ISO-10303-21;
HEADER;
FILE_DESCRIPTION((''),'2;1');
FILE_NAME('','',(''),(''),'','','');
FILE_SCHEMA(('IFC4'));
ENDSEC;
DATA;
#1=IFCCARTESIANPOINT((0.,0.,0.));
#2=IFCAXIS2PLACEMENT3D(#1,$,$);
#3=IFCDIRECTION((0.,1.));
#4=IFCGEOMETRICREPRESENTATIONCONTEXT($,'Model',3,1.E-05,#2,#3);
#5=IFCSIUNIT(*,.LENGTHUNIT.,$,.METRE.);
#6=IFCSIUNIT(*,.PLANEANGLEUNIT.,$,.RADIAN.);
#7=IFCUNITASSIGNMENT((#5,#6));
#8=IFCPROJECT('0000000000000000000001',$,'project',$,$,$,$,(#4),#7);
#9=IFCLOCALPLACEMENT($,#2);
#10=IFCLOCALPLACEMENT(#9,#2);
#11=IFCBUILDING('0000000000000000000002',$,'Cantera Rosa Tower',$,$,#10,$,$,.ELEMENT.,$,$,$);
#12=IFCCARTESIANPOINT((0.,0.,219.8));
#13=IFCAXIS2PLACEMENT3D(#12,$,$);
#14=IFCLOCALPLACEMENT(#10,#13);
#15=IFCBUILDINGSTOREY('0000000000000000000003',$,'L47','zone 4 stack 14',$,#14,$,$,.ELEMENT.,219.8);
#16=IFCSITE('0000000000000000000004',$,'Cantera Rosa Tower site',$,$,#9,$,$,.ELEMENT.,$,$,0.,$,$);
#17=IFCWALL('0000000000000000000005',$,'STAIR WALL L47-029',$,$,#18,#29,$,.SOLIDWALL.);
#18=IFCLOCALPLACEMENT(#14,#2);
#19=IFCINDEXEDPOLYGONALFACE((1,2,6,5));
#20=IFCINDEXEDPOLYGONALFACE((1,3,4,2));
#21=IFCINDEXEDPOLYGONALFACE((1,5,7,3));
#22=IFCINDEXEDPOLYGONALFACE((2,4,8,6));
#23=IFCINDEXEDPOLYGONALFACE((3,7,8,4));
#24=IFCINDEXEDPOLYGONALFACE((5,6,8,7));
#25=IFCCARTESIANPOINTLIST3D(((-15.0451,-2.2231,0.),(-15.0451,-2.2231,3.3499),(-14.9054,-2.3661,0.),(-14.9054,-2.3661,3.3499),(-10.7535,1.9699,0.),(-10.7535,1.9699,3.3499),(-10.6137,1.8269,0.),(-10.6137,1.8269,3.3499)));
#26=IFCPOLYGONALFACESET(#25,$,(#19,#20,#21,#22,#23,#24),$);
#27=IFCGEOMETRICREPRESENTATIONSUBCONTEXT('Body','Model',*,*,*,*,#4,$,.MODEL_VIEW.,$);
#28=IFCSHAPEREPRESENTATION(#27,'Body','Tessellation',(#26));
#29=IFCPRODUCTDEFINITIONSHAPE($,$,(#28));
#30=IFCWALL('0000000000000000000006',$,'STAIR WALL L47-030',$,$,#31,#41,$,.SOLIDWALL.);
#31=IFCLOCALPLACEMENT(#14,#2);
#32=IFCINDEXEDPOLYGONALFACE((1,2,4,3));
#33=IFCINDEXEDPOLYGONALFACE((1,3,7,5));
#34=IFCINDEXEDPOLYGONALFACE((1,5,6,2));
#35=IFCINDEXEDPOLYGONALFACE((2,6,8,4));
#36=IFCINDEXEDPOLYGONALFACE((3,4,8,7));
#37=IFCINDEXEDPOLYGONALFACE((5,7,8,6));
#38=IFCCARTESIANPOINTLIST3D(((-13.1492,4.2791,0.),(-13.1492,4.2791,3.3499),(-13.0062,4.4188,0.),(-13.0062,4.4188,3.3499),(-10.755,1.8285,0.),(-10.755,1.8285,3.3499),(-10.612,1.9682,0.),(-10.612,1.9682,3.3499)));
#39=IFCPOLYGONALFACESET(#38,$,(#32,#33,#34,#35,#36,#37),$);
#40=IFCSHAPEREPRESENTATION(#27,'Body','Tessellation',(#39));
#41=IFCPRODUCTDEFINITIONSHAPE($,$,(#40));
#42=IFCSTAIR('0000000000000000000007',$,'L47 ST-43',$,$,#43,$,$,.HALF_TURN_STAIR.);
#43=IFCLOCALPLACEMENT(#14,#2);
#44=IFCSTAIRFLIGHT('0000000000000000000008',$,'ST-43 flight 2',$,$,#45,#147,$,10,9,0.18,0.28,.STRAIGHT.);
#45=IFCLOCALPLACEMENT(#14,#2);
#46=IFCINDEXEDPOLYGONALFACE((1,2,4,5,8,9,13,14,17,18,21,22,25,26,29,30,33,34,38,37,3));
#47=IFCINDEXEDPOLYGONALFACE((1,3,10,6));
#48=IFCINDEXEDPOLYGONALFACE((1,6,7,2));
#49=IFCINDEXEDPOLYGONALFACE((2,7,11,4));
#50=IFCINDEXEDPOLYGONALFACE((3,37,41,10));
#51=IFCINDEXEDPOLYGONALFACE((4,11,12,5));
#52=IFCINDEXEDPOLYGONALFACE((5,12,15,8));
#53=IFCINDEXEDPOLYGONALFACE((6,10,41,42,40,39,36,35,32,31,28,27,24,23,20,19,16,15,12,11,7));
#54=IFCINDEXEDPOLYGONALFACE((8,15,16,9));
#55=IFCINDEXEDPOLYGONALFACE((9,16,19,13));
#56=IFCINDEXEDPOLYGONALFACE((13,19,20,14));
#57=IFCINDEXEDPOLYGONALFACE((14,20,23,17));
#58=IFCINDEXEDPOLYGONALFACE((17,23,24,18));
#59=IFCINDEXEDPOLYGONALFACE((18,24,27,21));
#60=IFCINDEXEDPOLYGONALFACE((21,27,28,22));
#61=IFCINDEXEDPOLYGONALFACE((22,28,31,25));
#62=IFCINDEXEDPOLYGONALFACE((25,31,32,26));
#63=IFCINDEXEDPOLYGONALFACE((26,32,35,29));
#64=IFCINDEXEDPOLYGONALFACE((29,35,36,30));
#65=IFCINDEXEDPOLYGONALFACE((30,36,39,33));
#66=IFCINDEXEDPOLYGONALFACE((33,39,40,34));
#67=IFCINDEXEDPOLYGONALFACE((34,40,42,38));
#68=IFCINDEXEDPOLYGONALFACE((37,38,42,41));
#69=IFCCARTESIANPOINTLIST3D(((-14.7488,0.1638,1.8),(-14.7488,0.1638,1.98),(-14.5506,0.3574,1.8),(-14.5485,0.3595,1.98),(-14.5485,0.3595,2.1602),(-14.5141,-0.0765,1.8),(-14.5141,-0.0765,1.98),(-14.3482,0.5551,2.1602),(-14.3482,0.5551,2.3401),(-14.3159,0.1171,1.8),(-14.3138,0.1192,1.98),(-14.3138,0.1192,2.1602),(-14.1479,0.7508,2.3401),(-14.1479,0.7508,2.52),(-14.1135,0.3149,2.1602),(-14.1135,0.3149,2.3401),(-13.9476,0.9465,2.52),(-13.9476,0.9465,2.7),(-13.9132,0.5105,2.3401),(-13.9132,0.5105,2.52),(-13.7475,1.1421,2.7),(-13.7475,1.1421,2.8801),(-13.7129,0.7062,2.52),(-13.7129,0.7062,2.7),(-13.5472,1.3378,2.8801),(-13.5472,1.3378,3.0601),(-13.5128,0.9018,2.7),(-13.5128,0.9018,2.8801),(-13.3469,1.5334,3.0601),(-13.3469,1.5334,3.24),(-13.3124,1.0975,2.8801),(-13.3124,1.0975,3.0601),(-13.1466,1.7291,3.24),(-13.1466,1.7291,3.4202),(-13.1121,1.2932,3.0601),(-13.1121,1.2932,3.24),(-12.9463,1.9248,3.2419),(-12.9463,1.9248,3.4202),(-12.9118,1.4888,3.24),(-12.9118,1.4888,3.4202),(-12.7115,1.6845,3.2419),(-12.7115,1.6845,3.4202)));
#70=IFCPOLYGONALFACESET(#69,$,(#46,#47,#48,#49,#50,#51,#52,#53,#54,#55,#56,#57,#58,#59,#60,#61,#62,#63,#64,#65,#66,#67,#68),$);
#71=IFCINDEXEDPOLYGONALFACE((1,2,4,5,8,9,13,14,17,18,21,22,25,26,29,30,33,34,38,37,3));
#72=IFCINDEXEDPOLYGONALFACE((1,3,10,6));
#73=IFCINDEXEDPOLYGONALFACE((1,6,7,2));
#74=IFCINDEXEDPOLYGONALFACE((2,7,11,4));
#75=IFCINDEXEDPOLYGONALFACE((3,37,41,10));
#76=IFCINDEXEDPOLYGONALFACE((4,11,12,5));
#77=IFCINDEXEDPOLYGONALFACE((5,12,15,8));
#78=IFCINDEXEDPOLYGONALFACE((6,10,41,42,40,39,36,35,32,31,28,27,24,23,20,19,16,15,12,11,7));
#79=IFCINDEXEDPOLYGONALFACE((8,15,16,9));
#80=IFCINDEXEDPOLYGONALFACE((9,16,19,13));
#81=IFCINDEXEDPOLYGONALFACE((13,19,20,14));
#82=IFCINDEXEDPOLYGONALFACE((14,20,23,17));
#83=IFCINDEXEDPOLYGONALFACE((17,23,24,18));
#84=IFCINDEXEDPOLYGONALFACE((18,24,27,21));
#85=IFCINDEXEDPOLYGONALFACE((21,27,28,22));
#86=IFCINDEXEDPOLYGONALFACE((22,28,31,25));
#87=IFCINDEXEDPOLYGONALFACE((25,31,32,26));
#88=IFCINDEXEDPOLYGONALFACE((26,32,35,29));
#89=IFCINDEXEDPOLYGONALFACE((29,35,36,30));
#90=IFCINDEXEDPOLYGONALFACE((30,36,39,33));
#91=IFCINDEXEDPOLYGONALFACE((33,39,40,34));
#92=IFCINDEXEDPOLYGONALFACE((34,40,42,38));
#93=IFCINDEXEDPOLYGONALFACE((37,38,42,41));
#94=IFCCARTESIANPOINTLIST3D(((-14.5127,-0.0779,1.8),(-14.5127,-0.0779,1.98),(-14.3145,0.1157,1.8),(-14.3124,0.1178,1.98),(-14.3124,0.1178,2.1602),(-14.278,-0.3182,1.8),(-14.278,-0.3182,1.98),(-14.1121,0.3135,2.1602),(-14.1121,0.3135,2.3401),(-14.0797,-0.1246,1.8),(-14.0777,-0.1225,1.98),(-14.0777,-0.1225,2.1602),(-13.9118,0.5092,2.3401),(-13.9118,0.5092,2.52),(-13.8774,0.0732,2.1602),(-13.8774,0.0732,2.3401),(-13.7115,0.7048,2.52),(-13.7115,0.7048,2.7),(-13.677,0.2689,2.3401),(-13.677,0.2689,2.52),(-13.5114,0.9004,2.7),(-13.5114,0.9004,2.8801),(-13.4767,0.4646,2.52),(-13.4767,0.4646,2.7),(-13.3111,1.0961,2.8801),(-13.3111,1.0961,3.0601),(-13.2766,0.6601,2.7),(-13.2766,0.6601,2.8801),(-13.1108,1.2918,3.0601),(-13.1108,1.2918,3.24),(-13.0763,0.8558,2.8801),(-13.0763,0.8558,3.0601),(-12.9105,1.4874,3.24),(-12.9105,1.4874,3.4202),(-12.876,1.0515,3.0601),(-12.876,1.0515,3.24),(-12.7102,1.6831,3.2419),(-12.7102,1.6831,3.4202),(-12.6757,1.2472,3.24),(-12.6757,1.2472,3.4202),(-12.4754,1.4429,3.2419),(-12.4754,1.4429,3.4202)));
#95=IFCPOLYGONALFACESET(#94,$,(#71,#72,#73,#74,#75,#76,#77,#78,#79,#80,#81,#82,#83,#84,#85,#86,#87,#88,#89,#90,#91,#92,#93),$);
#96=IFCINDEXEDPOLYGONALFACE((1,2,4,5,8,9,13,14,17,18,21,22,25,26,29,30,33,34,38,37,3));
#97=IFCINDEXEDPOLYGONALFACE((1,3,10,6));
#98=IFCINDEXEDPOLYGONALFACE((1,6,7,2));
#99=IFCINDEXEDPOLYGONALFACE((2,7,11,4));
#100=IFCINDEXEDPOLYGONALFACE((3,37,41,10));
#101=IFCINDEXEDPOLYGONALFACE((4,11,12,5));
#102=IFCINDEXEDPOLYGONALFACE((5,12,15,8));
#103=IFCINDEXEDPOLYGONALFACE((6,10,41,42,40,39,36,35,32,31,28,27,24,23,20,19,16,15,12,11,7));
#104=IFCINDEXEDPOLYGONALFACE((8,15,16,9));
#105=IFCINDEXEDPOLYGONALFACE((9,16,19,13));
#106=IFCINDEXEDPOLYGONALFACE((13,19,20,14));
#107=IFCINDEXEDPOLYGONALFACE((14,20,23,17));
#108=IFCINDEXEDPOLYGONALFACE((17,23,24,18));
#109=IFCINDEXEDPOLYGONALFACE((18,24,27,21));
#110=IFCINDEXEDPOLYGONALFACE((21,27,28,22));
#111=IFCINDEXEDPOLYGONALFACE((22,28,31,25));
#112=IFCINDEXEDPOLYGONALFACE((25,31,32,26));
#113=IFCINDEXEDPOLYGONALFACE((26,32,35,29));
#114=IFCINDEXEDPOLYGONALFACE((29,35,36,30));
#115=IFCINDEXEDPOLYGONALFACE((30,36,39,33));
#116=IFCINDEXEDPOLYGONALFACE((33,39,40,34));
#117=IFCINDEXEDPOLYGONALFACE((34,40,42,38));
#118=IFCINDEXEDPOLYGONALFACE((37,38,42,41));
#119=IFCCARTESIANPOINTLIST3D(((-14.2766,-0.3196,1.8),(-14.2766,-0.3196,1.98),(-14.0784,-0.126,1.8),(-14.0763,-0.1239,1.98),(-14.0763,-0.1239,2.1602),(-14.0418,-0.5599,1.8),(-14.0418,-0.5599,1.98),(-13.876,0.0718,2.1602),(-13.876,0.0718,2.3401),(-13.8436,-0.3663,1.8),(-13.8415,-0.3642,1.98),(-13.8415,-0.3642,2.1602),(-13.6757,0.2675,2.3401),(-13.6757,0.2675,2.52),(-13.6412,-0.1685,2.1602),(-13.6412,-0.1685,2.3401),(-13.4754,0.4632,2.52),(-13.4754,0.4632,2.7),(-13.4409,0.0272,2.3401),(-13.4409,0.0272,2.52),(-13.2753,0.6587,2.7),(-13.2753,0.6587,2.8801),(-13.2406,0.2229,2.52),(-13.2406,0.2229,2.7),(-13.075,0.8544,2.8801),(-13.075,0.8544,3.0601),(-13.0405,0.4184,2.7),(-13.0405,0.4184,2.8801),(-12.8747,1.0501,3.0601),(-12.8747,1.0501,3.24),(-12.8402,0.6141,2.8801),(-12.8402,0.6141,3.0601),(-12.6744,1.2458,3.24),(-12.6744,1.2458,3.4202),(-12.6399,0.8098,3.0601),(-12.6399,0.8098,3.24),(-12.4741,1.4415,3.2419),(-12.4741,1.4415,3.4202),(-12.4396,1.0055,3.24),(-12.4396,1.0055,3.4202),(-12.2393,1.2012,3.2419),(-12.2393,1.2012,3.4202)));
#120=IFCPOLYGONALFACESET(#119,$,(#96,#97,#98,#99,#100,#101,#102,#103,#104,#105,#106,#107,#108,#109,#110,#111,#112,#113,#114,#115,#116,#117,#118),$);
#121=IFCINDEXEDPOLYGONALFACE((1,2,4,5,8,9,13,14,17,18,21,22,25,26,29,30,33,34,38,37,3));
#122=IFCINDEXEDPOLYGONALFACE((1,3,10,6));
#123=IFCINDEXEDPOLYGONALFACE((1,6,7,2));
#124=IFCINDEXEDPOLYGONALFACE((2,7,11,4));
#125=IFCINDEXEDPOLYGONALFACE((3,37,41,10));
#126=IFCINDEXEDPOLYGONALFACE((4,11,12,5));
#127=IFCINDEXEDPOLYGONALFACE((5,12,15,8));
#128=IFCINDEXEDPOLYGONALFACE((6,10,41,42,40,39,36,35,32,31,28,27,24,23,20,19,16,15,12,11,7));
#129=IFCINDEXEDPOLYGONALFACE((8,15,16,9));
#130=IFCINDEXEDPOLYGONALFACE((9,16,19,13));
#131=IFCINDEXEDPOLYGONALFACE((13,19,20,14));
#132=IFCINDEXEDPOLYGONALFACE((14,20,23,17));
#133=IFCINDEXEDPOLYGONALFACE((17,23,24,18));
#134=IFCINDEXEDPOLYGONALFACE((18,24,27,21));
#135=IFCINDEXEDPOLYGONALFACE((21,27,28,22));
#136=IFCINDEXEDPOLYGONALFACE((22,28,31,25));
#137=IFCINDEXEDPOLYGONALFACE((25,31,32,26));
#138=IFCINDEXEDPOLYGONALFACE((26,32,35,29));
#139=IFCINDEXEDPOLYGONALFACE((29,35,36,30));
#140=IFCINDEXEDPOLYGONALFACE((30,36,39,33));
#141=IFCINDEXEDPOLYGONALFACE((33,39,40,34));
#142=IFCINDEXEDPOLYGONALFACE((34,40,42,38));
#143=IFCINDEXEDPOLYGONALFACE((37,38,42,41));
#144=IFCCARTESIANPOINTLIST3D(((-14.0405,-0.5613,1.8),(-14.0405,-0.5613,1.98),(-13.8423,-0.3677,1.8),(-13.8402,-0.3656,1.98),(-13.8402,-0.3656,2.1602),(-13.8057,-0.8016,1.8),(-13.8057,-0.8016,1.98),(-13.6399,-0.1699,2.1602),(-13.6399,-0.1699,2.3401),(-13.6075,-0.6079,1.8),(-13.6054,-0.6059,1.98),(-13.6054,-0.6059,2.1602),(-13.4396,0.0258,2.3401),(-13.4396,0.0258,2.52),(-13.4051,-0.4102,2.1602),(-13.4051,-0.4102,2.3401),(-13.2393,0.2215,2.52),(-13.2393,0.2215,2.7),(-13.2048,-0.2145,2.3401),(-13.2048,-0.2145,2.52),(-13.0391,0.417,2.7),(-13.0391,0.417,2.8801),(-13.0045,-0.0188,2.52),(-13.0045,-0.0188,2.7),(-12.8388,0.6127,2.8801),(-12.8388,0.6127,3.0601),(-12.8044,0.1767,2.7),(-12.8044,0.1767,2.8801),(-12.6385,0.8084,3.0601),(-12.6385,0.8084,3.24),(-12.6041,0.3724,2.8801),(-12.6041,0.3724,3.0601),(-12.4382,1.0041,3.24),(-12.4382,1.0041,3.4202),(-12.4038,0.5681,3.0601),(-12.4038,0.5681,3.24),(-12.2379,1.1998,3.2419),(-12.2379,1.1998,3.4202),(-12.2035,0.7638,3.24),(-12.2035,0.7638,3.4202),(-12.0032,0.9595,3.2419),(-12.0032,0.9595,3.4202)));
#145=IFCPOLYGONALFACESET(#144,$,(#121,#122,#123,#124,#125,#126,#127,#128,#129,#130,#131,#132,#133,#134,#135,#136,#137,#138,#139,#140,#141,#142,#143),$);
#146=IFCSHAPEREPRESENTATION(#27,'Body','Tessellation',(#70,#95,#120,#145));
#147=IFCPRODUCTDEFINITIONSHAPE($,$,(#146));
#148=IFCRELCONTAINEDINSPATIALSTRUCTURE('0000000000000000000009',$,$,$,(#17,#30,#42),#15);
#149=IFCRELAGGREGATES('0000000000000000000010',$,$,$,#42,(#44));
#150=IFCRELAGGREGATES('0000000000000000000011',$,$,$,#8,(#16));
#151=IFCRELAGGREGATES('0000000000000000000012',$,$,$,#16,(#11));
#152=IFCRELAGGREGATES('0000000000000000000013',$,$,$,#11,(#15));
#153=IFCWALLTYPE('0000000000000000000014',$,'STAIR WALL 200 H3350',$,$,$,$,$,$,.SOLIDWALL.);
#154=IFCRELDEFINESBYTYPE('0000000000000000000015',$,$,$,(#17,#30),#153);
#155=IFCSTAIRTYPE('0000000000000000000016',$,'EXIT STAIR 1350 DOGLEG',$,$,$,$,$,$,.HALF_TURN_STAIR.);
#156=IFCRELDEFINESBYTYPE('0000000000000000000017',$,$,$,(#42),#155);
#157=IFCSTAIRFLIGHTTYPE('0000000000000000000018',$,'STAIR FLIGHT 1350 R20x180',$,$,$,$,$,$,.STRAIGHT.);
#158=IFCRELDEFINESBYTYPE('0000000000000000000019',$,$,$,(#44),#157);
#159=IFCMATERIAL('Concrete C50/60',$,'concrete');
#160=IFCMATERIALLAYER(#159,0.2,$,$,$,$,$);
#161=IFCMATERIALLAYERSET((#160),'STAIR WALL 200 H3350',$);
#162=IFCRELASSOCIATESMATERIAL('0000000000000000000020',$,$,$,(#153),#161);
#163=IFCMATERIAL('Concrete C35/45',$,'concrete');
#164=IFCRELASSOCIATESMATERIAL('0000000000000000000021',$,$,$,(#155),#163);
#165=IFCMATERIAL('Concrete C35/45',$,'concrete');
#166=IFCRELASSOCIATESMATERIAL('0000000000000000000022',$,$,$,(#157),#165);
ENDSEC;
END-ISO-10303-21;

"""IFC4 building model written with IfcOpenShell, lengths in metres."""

from ifc_helpers import new_model, si_unit, direction, frame, frame_2d, origin, place, context, subcontext, project, spatial, polyline, rectangle, outline, extrude, material, layer, layer_set, type_object, element, aggregate, save


model = new_model("IFC4")

# Units and contexts
model_context = context("Model", 3, precision=1e-05, world=origin(), true_north=direction((0.0, 1.0)))
body_context = subcontext(model_context, "Body", "Model", "MODEL_VIEW")
ifc_project = project(units=[si_unit("LENGTHUNIT", "METRE"), si_unit("PLANEANGLEUNIT", "RADIAN")], contexts=[model_context])

# Site, building, storey
site_placement = place(None, origin())
site = spatial("IfcSite", under=ifc_project, at=site_placement, Name="Cantera Rosa Tower site", CompositionType="ELEMENT", RefElevation=0.0)
building_placement = place(site_placement, origin())
building = spatial("IfcBuilding", under=site, at=building_placement, Name="Cantera Rosa Tower", CompositionType="ELEMENT")
storey_placement = place(building_placement, frame((0.0, 0.0, 219.8)))
storey = spatial("IfcBuildingStorey", under=building, at=storey_placement, Name="L47", Description="zone 4 stack 14", CompositionType="ELEMENT", Elevation=219.8)

# Shared definitions
ifc_material_1 = material(Name="Concrete C50/60", Category="concrete")
ifc_layer_1 = layer(ifc_material_1, 0.2)
ifc_layer_set_1 = layer_set([ifc_layer_1], Name="STAIR WALL 200 H3350")
wall_type_1 = type_object("IfcWallType", Name="STAIR WALL 200 H3350", PredefinedType="SOLIDWALL", material=ifc_layer_set_1)

# Walls
wall_1_placement = place(storey_placement, frame((-10.6836, 1.8984, 0.0), z_axis=(0.0, 0.0, 1.0), x_axis=(-0.715278, -0.69884, 0.0)))
element("IfcWall", 1, at=wall_1_placement, inside=storey, type_object=wall_type_1, Name="STAIR WALL L47-029", PredefinedType="SOLIDWALL", context=body_context, shape_type="SweptSolid", body=[
    extrude(rectangle(XDim=6.0, YDim=0.2, at=frame_2d((3.0, 0.0))), origin(), (0.0, 0.0, 1.0), 3.3499),
])
wall_2_placement = place(storey_placement, frame((-10.6836, 1.8984, 0.0), z_axis=(0.0, 0.0, 1.0), x_axis=(-0.698829, 0.715289, 0.0)))
element("IfcWall", 2, at=wall_2_placement, inside=storey, type_object=wall_type_1, Name="STAIR WALL L47-030", PredefinedType="SOLIDWALL", context=body_context, shape_type="SweptSolid", body=[
    extrude(rectangle(XDim=3.426, YDim=0.2, at=frame_2d((1.7129, 0.0))), origin(), (0.0, 0.0, 1.0), 3.3499),
])

# Stair, stair flight
ifc_material_2 = material(Name="Concrete C35/45", Category="concrete")
stair_type = type_object("IfcStairType", Name="EXIT STAIR 1350 DOGLEG", PredefinedType="HALF_TURN_STAIR", material=ifc_material_2)
stair_1_placement = place(storey_placement, origin())
stair_1 = element("IfcStair", 3, at=stair_1_placement, inside=storey, type_object=stair_type, Name="L47 ST-43", PredefinedType="HALF_TURN_STAIR")
ifc_material_3 = material(Name="Concrete C35/45", Category="concrete")
stair_flight_type = type_object("IfcStairFlightType", Name="STAIR FLIGHT 1350 R20x180", PredefinedType="STRAIGHT", material=ifc_material_3)
stair_flight_1_placement = place(storey_placement, frame((-14.2771, -0.3191, 1.8), z_axis=(0.0, 0.0, 1.0), x_axis=(0.715286, 0.698832, 0.0)))
stair_flight_1 = element("IfcStairFlight", 4, at=stair_flight_1_placement, type_object=stair_flight_type, Name="ST-43 flight 2", NumberOfRisers=10, NumberOfTreads=9, PredefinedType="STRAIGHT", RiserHeight=0.18, TreadLength=0.28, context=body_context, shape_type="SweptSolid", body=[
    extrude(outline(polyline([(0.0, 0.0), (0.0, 0.1799), (0.28, 0.1799), (0.28, 0.3601), (0.5601, 0.3601), (0.5601, 0.54), (0.8401, 0.54), (0.8401, 0.72), (1.1201, 0.72), (1.1201, 0.8999), (1.3999, 0.8999), (1.3999, 1.0801), (1.6799, 1.0801), (1.6799, 1.26), (1.96, 1.26), (1.96, 1.4399), (2.24, 1.4399), (2.24, 1.6201), (2.52, 1.6201), (2.52, 1.8), (2.52, 1.4419), (0.2771, 0.0), (0.0, 0.0)])), frame((0.0, 0.675, 0.0), z_axis=(0.0, -1.0, 0.0), x_axis=(1.0, 0.0, 0.0)), (0.0, 0.0, 1.0), 0.3359),
    extrude(outline(polyline([(0.0, 0.0), (0.0, 0.1799), (0.28, 0.1799), (0.28, 0.3601), (0.5601, 0.3601), (0.5601, 0.54), (0.8401, 0.54), (0.8401, 0.72), (1.1201, 0.72), (1.1201, 0.8999), (1.3999, 0.8999), (1.3999, 1.0801), (1.6799, 1.0801), (1.6799, 1.26), (1.96, 1.26), (1.96, 1.4399), (2.24, 1.4399), (2.24, 1.6201), (2.52, 1.6201), (2.52, 1.8), (2.52, 1.4419), (0.2771, 0.0), (0.0, 0.0)])), frame((0.0, 0.3372, 0.0), z_axis=(0.0, -1.0, 0.0), x_axis=(1.0, 0.0, 0.0)), (0.0, 0.0, 1.0), 0.3359),
    extrude(outline(polyline([(0.0, 0.0), (0.0, 0.1799), (0.28, 0.1799), (0.28, 0.3601), (0.5601, 0.3601), (0.5601, 0.54), (0.8401, 0.54), (0.8401, 0.72), (1.1201, 0.72), (1.1201, 0.8999), (1.3999, 0.8999), (1.3999, 1.0801), (1.6799, 1.0801), (1.6799, 1.26), (1.96, 1.26), (1.96, 1.4399), (2.24, 1.4399), (2.24, 1.6201), (2.52, 1.6201), (2.52, 1.8), (2.52, 1.4419), (0.2771, 0.0), (0.0, 0.0)])), frame((0.0, -0.0007, 0.0), z_axis=(0.0, -1.0, 0.0), x_axis=(1.0, 0.0, 0.0)), (0.0, 0.0, 1.0), 0.3359),
    extrude(outline(polyline([(0.0, 0.0), (0.0, 0.1799), (0.28, 0.1799), (0.28, 0.3601), (0.5601, 0.3601), (0.5601, 0.54), (0.8401, 0.54), (0.8401, 0.72), (1.1201, 0.72), (1.1201, 0.8999), (1.3999, 0.8999), (1.3999, 1.0801), (1.6799, 1.0801), (1.6799, 1.26), (1.96, 1.26), (1.96, 1.4399), (2.24, 1.4399), (2.24, 1.6201), (2.52, 1.6201), (2.52, 1.8), (2.52, 1.4419), (0.2771, 0.0), (0.0, 0.0)])), frame((0.0, -0.3386, 0.0), z_axis=(0.0, -1.0, 0.0), x_axis=(1.0, 0.0, 0.0)), (0.0, 0.0, 1.0), 0.3359),
])
aggregate(stair_1, [stair_flight_1])

save(model, "model.ifc")
